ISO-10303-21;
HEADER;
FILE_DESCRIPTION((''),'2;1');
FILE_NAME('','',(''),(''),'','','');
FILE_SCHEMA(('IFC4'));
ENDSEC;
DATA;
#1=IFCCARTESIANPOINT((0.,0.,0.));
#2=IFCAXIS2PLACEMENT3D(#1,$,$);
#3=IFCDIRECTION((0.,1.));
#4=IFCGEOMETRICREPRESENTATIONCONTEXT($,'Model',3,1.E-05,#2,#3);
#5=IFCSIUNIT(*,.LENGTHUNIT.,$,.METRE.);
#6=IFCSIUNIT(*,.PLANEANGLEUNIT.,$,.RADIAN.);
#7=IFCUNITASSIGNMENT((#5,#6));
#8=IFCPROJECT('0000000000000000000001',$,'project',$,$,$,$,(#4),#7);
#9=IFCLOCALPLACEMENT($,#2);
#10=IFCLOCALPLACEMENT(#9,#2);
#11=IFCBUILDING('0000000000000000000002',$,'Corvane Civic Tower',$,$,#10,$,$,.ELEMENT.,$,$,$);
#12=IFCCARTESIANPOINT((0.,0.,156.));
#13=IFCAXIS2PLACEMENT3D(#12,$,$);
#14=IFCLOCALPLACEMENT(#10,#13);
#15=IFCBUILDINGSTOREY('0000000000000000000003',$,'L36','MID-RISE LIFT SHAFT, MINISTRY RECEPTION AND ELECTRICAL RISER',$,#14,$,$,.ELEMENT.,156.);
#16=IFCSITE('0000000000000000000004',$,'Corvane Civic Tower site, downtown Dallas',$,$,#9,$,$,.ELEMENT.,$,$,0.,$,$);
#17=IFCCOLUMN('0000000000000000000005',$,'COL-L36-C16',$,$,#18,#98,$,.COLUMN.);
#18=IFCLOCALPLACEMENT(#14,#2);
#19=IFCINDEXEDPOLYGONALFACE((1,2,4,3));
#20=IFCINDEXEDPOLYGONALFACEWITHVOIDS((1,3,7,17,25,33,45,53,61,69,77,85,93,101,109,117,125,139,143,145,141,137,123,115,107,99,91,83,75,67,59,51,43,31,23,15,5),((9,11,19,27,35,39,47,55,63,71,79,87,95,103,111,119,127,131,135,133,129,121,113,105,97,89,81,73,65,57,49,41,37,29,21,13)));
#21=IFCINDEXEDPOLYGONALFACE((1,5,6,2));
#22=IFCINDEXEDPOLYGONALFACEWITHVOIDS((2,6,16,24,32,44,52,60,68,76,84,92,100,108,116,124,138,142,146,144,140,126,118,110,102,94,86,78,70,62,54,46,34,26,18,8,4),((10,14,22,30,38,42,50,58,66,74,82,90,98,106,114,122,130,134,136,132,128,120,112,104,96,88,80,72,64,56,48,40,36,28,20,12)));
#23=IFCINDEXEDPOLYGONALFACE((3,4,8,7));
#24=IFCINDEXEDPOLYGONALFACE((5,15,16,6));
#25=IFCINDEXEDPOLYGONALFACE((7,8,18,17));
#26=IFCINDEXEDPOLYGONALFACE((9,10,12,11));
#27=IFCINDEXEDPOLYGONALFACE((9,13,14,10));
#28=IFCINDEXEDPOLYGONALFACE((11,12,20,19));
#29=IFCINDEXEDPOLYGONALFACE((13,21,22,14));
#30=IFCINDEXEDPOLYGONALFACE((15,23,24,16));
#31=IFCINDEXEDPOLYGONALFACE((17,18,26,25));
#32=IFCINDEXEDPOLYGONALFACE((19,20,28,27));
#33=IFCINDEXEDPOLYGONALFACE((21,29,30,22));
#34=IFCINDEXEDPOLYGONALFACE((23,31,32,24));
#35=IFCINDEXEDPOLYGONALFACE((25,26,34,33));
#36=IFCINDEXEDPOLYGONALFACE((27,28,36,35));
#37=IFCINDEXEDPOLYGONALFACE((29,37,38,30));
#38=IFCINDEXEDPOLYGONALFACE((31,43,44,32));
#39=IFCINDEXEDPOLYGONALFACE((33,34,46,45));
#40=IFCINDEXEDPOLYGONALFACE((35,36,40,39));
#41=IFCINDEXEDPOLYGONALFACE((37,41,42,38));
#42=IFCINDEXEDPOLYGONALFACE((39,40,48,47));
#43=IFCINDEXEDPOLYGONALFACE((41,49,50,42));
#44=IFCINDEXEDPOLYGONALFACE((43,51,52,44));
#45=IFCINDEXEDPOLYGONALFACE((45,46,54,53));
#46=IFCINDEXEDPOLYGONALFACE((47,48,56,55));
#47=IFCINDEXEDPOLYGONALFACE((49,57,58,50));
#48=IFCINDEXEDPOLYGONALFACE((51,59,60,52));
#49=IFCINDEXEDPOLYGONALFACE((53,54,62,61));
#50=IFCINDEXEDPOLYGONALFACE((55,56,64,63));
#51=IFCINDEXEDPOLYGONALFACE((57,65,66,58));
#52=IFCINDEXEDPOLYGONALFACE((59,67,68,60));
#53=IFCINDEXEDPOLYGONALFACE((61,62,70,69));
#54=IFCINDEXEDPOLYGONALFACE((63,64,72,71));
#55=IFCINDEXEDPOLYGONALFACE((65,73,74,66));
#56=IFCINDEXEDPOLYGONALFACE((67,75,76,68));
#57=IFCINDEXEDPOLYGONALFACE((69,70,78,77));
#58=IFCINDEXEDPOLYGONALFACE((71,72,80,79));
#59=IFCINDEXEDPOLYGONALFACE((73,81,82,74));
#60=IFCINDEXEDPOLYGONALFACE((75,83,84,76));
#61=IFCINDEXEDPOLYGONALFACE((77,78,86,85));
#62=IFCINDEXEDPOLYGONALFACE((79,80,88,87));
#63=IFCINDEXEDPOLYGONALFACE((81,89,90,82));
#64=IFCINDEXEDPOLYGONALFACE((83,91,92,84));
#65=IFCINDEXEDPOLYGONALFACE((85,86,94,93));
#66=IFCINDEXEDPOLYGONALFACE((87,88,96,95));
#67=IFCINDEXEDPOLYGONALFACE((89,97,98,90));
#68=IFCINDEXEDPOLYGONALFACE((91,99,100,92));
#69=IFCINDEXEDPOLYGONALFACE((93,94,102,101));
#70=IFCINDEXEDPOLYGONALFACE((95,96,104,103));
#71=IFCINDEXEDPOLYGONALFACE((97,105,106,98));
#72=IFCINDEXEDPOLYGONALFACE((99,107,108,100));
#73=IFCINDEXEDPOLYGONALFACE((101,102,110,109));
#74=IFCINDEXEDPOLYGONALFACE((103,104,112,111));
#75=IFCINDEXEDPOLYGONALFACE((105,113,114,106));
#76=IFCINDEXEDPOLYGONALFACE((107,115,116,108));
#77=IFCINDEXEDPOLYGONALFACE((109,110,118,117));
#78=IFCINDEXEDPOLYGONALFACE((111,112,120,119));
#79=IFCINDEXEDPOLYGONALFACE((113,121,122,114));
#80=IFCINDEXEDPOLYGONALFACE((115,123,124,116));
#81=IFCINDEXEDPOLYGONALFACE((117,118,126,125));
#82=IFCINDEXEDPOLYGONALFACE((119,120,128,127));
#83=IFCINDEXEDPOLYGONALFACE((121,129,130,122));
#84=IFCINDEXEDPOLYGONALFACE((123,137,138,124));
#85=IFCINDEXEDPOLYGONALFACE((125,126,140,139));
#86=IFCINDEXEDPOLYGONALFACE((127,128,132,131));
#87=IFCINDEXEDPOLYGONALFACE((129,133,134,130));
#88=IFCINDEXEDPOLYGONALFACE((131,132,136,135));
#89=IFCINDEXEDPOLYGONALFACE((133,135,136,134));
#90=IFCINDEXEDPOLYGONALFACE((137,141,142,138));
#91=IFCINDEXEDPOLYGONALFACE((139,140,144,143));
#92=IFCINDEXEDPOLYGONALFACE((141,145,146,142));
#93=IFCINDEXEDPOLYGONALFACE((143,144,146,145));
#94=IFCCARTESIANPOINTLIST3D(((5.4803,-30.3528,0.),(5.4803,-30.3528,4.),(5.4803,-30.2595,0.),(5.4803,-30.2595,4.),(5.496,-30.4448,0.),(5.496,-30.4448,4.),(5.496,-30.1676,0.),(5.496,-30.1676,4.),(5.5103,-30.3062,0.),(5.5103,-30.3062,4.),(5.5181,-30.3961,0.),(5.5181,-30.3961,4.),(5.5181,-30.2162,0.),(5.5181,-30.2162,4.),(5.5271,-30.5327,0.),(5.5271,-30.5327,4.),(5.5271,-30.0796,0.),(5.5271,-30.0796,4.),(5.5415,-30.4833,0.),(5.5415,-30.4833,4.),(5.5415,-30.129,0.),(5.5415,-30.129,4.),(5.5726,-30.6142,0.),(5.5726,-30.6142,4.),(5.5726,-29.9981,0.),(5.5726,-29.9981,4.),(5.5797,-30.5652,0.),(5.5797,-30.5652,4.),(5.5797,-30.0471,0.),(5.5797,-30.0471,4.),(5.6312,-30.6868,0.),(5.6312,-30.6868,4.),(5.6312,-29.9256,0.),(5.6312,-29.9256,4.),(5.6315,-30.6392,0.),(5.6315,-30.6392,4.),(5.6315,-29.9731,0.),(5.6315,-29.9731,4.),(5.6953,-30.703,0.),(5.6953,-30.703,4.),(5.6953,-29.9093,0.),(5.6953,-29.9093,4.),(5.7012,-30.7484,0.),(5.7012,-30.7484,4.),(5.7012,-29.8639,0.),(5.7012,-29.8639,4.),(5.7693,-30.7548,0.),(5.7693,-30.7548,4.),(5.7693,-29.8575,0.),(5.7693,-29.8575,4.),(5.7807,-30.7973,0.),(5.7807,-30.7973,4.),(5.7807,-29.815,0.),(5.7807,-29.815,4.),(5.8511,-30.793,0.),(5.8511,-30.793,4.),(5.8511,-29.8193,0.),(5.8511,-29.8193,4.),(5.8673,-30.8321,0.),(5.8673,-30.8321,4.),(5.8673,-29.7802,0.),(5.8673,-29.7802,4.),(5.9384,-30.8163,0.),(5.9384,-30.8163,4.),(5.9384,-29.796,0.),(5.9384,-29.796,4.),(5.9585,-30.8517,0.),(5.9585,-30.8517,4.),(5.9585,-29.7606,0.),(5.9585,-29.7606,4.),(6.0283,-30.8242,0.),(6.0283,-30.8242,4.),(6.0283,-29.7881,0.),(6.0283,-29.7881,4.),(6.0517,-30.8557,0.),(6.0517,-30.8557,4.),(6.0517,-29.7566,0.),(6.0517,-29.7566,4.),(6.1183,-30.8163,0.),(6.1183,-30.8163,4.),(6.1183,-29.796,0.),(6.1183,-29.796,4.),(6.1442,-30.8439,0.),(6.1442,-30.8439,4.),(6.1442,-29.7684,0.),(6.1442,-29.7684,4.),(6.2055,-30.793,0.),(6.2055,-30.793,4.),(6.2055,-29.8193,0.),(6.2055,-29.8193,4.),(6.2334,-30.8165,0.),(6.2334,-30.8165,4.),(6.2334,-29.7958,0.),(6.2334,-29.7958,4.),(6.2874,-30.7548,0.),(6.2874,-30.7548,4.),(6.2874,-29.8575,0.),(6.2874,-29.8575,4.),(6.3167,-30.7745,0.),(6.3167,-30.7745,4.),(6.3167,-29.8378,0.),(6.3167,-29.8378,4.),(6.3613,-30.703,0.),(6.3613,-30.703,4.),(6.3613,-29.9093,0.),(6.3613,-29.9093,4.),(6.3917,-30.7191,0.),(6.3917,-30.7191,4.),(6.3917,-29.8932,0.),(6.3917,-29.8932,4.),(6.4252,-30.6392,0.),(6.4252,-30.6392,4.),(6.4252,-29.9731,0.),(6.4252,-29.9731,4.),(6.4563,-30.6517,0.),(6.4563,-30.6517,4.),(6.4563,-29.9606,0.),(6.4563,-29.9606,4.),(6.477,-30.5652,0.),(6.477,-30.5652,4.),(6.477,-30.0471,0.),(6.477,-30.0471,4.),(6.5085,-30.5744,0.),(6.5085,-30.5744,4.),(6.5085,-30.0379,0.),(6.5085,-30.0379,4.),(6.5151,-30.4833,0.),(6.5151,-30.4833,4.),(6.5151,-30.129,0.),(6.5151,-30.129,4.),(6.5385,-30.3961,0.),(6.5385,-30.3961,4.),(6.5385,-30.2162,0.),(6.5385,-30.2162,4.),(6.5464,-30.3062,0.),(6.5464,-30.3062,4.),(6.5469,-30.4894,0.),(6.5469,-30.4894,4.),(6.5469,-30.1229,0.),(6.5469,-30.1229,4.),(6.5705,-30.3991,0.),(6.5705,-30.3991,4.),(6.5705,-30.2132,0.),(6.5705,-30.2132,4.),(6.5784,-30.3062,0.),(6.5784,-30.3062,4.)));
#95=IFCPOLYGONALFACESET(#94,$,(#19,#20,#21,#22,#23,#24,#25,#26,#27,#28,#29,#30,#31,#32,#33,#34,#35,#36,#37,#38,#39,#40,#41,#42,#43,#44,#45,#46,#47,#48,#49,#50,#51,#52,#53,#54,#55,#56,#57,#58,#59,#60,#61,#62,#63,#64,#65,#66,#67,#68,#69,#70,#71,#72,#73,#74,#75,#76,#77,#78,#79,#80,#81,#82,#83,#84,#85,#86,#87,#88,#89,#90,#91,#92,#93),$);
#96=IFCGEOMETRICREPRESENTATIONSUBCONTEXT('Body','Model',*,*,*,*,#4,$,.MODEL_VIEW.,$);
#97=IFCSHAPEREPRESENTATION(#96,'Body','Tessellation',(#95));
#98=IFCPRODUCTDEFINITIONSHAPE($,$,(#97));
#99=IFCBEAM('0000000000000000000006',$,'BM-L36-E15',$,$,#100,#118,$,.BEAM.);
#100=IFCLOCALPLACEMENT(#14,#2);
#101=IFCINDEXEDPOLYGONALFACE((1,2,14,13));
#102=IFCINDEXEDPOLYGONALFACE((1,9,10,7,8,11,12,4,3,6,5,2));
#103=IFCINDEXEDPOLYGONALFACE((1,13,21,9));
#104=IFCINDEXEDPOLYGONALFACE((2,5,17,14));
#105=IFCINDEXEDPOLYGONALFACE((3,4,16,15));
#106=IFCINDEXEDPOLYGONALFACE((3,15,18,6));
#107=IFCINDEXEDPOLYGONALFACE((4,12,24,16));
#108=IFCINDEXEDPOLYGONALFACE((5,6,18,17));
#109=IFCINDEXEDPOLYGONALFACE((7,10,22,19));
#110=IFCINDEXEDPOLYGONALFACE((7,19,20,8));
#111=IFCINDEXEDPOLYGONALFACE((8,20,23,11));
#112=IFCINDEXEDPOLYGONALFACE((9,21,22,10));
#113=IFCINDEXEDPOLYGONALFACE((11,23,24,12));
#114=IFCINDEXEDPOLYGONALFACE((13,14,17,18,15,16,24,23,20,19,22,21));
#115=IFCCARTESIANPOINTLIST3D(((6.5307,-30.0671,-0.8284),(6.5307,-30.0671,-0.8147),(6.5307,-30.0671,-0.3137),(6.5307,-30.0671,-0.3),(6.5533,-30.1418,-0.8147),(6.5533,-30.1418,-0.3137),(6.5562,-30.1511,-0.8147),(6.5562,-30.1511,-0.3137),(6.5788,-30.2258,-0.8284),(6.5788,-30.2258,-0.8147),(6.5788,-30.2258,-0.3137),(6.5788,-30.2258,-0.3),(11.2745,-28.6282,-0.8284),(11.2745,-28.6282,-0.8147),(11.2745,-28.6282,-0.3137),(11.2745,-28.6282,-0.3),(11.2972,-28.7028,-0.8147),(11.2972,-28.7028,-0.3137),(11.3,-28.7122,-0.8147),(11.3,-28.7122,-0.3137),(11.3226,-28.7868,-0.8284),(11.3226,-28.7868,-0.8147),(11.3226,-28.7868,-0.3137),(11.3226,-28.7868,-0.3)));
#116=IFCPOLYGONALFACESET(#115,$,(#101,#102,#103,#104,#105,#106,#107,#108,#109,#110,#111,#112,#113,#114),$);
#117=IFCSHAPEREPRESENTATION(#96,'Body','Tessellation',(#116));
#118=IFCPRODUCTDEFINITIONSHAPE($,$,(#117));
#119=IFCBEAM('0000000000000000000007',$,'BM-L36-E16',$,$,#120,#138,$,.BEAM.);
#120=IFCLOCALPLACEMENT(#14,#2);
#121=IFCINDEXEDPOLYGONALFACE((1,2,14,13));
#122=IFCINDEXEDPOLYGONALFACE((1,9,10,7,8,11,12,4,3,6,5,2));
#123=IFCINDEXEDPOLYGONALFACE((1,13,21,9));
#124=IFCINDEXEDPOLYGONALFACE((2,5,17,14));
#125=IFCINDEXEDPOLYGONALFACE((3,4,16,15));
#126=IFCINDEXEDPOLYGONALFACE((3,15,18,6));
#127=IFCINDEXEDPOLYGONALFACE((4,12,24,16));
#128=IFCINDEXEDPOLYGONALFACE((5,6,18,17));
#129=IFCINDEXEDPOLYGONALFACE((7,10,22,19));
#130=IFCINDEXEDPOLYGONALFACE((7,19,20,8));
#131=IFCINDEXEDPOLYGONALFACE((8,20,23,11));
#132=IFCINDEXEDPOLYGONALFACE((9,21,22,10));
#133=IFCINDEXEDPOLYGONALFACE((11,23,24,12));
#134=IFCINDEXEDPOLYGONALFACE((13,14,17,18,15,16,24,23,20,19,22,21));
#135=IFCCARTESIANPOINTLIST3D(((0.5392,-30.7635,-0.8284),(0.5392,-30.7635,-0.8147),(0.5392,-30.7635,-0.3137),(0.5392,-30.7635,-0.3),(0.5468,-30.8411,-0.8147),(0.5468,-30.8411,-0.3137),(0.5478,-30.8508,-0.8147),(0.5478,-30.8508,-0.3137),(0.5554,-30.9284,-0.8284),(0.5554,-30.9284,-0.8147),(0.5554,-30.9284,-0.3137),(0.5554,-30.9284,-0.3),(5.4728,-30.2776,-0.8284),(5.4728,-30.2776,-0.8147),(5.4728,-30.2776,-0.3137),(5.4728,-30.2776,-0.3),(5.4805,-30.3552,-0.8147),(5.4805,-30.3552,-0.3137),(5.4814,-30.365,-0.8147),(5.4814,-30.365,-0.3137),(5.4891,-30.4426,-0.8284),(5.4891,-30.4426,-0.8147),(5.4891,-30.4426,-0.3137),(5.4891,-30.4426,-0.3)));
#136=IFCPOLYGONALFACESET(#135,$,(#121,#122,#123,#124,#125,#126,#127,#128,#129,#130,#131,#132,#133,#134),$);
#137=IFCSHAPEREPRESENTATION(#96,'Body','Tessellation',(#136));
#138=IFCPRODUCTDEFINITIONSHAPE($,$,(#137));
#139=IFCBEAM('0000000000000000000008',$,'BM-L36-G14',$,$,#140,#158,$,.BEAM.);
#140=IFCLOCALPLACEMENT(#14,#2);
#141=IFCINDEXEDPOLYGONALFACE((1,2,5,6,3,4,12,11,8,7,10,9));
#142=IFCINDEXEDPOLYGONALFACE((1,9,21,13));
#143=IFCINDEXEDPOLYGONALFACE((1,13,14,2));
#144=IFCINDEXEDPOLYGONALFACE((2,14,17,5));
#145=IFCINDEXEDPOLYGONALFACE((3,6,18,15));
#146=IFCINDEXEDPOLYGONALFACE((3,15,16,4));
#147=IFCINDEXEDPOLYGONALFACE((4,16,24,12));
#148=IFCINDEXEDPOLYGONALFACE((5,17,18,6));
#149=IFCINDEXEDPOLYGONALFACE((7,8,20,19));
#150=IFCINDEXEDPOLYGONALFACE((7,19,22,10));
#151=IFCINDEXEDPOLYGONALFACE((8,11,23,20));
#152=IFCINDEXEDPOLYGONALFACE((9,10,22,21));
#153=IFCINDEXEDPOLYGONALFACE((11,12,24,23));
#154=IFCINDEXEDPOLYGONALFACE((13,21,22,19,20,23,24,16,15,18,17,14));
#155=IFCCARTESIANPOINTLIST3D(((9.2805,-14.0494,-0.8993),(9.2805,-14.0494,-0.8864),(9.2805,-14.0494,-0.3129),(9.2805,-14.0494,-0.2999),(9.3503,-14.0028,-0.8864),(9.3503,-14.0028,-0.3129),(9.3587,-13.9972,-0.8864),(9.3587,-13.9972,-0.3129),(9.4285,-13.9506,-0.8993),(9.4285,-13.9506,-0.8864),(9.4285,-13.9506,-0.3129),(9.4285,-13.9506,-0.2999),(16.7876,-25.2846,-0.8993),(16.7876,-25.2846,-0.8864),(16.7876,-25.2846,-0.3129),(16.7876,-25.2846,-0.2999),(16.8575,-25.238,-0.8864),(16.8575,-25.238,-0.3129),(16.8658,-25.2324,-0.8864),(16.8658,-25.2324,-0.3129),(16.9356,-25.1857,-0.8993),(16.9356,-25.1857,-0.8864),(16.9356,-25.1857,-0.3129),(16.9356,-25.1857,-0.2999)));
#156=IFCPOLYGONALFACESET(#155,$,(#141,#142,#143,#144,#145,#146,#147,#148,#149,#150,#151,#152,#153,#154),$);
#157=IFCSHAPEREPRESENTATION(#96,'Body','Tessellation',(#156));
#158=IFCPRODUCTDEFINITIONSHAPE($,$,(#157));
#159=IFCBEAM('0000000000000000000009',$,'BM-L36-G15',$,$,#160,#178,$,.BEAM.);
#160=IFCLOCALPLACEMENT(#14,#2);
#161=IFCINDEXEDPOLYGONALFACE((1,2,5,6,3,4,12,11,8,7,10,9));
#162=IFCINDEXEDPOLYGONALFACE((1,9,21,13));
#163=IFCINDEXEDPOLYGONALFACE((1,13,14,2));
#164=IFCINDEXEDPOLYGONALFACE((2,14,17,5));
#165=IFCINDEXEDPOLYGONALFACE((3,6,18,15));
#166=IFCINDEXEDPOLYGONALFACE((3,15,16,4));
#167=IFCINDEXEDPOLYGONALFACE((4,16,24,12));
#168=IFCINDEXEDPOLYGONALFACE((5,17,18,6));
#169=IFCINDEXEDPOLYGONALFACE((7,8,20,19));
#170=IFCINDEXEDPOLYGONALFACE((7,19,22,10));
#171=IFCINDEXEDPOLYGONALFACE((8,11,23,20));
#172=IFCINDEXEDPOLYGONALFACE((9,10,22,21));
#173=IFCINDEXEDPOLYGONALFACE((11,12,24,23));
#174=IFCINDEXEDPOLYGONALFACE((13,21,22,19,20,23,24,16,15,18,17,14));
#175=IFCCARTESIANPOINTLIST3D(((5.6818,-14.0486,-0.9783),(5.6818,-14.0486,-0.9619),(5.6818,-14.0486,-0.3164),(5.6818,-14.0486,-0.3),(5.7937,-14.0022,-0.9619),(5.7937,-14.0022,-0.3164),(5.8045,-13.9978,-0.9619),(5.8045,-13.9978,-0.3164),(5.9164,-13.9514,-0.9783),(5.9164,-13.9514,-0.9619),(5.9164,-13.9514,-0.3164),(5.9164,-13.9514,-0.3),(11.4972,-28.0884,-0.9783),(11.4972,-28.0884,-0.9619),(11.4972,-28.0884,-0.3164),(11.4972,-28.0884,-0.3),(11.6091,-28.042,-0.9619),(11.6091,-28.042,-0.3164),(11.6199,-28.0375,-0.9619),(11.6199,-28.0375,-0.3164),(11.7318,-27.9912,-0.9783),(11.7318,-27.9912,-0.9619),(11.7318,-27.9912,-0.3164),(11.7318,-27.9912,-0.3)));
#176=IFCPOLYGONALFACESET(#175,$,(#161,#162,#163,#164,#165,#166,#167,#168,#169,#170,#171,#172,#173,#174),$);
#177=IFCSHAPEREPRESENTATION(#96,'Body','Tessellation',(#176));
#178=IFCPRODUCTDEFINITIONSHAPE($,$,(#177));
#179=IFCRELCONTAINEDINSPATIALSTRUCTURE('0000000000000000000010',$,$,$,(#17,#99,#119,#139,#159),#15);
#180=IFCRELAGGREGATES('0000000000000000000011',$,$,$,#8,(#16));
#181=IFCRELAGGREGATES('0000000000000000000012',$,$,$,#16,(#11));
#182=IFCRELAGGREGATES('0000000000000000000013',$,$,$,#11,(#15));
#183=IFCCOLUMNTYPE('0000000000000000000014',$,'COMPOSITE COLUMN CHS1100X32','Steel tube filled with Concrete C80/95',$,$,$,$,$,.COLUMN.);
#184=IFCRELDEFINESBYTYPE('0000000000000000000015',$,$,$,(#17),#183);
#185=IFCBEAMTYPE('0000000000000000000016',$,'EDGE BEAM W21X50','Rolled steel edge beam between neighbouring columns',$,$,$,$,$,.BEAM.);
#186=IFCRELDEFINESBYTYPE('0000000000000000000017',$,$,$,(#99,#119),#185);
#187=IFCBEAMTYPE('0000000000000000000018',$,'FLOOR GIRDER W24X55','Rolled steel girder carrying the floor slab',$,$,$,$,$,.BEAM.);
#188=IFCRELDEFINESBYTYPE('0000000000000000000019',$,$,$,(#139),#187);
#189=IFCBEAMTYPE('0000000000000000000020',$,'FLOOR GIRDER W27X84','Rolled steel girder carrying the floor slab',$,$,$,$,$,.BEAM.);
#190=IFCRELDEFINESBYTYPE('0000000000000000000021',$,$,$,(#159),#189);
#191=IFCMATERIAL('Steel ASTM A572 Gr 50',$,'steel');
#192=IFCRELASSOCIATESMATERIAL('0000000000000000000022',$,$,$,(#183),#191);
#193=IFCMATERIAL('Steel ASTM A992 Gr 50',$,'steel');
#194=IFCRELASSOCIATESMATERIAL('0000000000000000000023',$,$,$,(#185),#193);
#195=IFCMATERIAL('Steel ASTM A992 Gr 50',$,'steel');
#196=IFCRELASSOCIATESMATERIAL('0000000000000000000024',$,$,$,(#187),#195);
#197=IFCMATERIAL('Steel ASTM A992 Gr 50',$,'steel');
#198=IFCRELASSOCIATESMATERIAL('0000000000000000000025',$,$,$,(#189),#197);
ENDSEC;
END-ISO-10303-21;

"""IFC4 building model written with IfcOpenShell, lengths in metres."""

from ifc_helpers import new_model, si_unit, direction, frame, origin, origin_2d, place, context, subcontext, project, spatial, hollow_circle, i_section, extrude, material, material_profile, profile_set, type_object, element, save


model = new_model("IFC4")

# Units and contexts
model_context = context("Model", 3, precision=1e-05, world=origin(), true_north=direction((0.0, 1.0)))
body_context = subcontext(model_context, "Body", "Model", "MODEL_VIEW")
ifc_project = project(units=[si_unit("LENGTHUNIT", "METRE"), si_unit("PLANEANGLEUNIT", "RADIAN")], contexts=[model_context])

# Site, building, storey
site_placement = place(None, origin())
site = spatial("IfcSite", under=ifc_project, at=site_placement, Name="Corvane Civic Tower site, downtown Dallas", CompositionType="ELEMENT", RefElevation=0.0)
building_placement = place(site_placement, origin())
building = spatial("IfcBuilding", under=site, at=building_placement, Name="Corvane Civic Tower", CompositionType="ELEMENT")
storey_placement = place(building_placement, frame((0.0, 0.0, 156.0)))
storey = spatial("IfcBuildingStorey", under=building, at=storey_placement, Name="L36", Description="MID-RISE LIFT SHAFT, MINISTRY RECEPTION AND ELECTRICAL RISER", CompositionType="ELEMENT", Elevation=156.0)

# Column
ifc_material_1 = material(Name="Steel ASTM A572 Gr 50", Category="steel")
ifc_material_profile_1 = material_profile(ifc_material_1, hollow_circle(Radius=0.55, WallThickness=0.032, at=origin_2d()), Name="CHS1100X32")
ifc_profile_set_1 = profile_set([ifc_material_profile_1], Name="Steel ASTM A572 Gr 50")
column_type = type_object("IfcColumnType", Name="COMPOSITE COLUMN CHS1100X32", Description="Steel tube filled with Concrete C80/95", PredefinedType="COLUMN", material=ifc_profile_set_1)
column_placement = place(storey_placement, frame((6.0283, -30.3062, 0.0), z_axis=(0.0, 0.0, 1.0), x_axis=(1.0, 0.0, 0.0)))
element("IfcColumn", 1, at=column_placement, inside=storey, type_object=column_type, Name="COL-L36-C16", PredefinedType="COLUMN", context=body_context, shape_type="SweptSolid", body=[
    extrude(hollow_circle(Radius=0.55, WallThickness=0.032, at=origin_2d()), origin(), (0.0, 0.0, 1.0), 4.0),
])

# Beams
ifc_material_2 = material(Name="Steel ASTM A992 Gr 50", Category="steel")
ifc_material_profile_2 = material_profile(ifc_material_2, i_section(OverallWidth=0.1658, OverallDepth=0.5283, WebThickness=0.0098, FlangeThickness=0.0137, at=origin_2d()), Name="W21X50")
ifc_profile_set_2 = profile_set([ifc_material_profile_2], Name="Steel ASTM A992 Gr 50")
beam_type_1 = type_object("IfcBeamType", Name="EDGE BEAM W21X50", Description="Rolled steel edge beam between neighbouring columns", PredefinedType="BEAM", material=ifc_profile_set_2)
beam_1_placement = place(storey_placement, frame((11.2986, -28.7075, -0.5642), z_axis=(-0.956945, -0.29027, 0.0), x_axis=(0.29027, -0.956945, 0.0)))
element("IfcBeam", 2, at=beam_1_placement, inside=storey, type_object=beam_type_1, Name="BM-L36-E15", PredefinedType="BEAM", context=body_context, shape_type="SweptSolid", body=[
    extrude(i_section(OverallWidth=0.1658, OverallDepth=0.5283, WebThickness=0.0098, FlangeThickness=0.0137, at=origin_2d()), origin(), (0.0, 0.0, 1.0), 4.9573),
])
beam_2_placement = place(storey_placement, frame((5.481, -30.3601, -0.5642), z_axis=(-0.995186, -0.098002, 0.0), x_axis=(0.098002, -0.995186, 0.0)))
element("IfcBeam", 3, at=beam_2_placement, inside=storey, type_object=beam_type_1, Name="BM-L36-E16", PredefinedType="BEAM", context=body_context, shape_type="SweptSolid", body=[
    extrude(i_section(OverallWidth=0.1658, OverallDepth=0.5283, WebThickness=0.0098, FlangeThickness=0.0137, at=origin_2d()), origin(), (0.0, 0.0, 1.0), 4.9575),
])
ifc_material_3 = material(Name="Steel ASTM A992 Gr 50", Category="steel")
ifc_material_profile_3 = material_profile(ifc_material_3, i_section(OverallWidth=0.178, OverallDepth=0.5994, WebThickness=0.01, FlangeThickness=0.0129, at=origin_2d()), Name="W24X55")
ifc_profile_set_3 = profile_set([ifc_material_profile_3], Name="Steel ASTM A992 Gr 50")
beam_type_2 = type_object("IfcBeamType", Name="FLOOR GIRDER W24X55", Description="Rolled steel girder carrying the floor slab", PredefinedType="BEAM", material=ifc_profile_set_3)
beam_3_placement = place(storey_placement, frame((9.3545, -14.0, -0.5996), z_axis=(0.555571, -0.831469, 0.0), x_axis=(0.831469, 0.555571, 0.0)))
element("IfcBeam", 4, at=beam_3_placement, inside=storey, type_object=beam_type_2, Name="BM-L36-G14", PredefinedType="BEAM", context=body_context, shape_type="SweptSolid", body=[
    extrude(i_section(OverallWidth=0.178, OverallDepth=0.5994, WebThickness=0.01, FlangeThickness=0.0129, at=origin_2d()), origin(), (0.0, 0.0, 1.0), 13.5125),
])
ifc_material_4 = material(Name="Steel ASTM A992 Gr 50", Category="steel")
ifc_material_profile_4 = material_profile(ifc_material_4, i_section(OverallWidth=0.2539, OverallDepth=0.6782, WebThickness=0.0117, FlangeThickness=0.0164, at=origin_2d()), Name="W27X84")
ifc_profile_set_4 = profile_set([ifc_material_profile_4], Name="Steel ASTM A992 Gr 50")
beam_type_3 = type_object("IfcBeamType", Name="FLOOR GIRDER W27X84", Description="Rolled steel girder carrying the floor slab", PredefinedType="BEAM", material=ifc_profile_set_4)
beam_4_placement = place(storey_placement, frame((5.7991, -14.0, -0.6392), z_axis=(0.382681, -0.923881, 0.0), x_axis=(0.923881, 0.382681, 0.0)))
element("IfcBeam", 5, at=beam_4_placement, inside=storey, type_object=beam_type_3, Name="BM-L36-G15", PredefinedType="BEAM", context=body_context, shape_type="SweptSolid", body=[
    extrude(i_section(OverallWidth=0.2539, OverallDepth=0.6782, WebThickness=0.0117, FlangeThickness=0.0164, at=origin_2d()), origin(), (0.0, 0.0, 1.0), 15.1965),
])

save(model, "model.ifc")
